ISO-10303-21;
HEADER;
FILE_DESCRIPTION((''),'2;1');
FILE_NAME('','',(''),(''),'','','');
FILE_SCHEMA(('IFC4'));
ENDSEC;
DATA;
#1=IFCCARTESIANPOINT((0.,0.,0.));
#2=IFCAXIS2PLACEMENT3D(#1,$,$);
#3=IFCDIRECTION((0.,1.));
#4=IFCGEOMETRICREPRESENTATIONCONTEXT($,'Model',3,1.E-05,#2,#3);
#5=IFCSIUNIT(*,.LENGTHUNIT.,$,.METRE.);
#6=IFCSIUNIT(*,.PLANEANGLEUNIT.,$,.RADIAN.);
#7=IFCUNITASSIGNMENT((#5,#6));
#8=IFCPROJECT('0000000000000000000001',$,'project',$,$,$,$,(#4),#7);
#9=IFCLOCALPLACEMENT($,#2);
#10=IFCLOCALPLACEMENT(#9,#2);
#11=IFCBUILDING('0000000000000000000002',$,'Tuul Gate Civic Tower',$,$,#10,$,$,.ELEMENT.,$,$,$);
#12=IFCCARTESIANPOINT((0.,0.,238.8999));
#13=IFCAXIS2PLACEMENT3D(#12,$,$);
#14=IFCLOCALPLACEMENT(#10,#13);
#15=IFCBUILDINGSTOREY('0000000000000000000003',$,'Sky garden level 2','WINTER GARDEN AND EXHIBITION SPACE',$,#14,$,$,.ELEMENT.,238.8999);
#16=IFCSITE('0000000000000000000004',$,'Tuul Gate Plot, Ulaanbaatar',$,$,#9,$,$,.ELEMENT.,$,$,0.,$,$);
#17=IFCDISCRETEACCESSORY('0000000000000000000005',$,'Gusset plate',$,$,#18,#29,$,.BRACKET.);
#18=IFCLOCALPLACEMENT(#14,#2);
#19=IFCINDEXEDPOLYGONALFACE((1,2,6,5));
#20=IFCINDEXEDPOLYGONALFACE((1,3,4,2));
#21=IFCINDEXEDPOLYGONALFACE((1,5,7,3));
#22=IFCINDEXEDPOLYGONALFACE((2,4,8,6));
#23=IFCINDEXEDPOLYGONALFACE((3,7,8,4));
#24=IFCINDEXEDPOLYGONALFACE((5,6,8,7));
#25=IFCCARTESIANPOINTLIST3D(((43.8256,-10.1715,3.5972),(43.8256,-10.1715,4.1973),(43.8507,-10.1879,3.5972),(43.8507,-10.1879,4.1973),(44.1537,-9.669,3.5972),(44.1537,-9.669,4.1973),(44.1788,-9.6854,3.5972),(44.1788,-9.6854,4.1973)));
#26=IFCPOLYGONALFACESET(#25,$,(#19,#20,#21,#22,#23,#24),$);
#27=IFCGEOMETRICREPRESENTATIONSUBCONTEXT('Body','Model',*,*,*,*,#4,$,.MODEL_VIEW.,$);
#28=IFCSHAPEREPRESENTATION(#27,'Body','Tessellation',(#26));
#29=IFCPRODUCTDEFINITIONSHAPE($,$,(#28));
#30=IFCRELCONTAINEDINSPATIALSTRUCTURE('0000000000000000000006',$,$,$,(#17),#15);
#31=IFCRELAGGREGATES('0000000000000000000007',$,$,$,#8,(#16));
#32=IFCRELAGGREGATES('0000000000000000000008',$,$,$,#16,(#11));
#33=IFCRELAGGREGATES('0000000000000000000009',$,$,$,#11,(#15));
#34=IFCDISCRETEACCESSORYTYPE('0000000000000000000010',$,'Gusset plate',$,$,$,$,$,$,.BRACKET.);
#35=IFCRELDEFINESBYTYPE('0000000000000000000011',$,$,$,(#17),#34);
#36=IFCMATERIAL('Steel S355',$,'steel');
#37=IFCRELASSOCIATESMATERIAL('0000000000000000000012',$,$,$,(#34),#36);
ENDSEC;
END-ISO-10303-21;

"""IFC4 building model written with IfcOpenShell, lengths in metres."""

from ifc_helpers import new_model, si_unit, direction, frame, origin, origin_2d, place, context, subcontext, project, spatial, rectangle, extrude, material, type_object, element, save


model = new_model("IFC4")

# Units and contexts
model_context = context("Model", 3, precision=1e-05, world=origin(), true_north=direction((0.0, 1.0)))
body_context = subcontext(model_context, "Body", "Model", "MODEL_VIEW")
ifc_project = project(units=[si_unit("LENGTHUNIT", "METRE"), si_unit("PLANEANGLEUNIT", "RADIAN")], contexts=[model_context])

# Site, building, storey
site_placement = place(None, origin())
site = spatial("IfcSite", under=ifc_project, at=site_placement, Name="Tuul Gate Plot, Ulaanbaatar", CompositionType="ELEMENT", RefElevation=0.0)
building_placement = place(site_placement, origin())
building = spatial("IfcBuilding", under=site, at=building_placement, Name="Tuul Gate Civic Tower", CompositionType="ELEMENT")
storey_placement = place(building_placement, frame((0.0, 0.0, 238.8999)))
storey = spatial("IfcBuildingStorey", under=building, at=storey_placement, Name="Sky garden level 2", Description="WINTER GARDEN AND EXHIBITION SPACE", CompositionType="ELEMENT", Elevation=238.8999)

# Discrete accessory
ifc_material_1 = material(Name="Steel S355", Category="steel")
discrete_accessory_type = type_object("IfcDiscreteAccessoryType", Name="Gusset plate", PredefinedType="BRACKET", material=ifc_material_1)
discrete_accessory_placement = place(storey_placement, frame((44.0022, -9.9285, 3.5972), z_axis=(0.0, 0.0, 1.0), x_axis=(0.546722, 0.837314, 0.0)))
element("IfcDiscreteAccessory", 1, at=discrete_accessory_placement, inside=storey, type_object=discrete_accessory_type, Name="Gusset plate", PredefinedType="BRACKET", context=body_context, shape_type="SweptSolid", body=[
    extrude(rectangle(XDim=0.6001, YDim=0.03, at=origin_2d()), origin(), (0.0, 0.0, 1.0), 0.6001),
])

save(model, "model.ifc")
